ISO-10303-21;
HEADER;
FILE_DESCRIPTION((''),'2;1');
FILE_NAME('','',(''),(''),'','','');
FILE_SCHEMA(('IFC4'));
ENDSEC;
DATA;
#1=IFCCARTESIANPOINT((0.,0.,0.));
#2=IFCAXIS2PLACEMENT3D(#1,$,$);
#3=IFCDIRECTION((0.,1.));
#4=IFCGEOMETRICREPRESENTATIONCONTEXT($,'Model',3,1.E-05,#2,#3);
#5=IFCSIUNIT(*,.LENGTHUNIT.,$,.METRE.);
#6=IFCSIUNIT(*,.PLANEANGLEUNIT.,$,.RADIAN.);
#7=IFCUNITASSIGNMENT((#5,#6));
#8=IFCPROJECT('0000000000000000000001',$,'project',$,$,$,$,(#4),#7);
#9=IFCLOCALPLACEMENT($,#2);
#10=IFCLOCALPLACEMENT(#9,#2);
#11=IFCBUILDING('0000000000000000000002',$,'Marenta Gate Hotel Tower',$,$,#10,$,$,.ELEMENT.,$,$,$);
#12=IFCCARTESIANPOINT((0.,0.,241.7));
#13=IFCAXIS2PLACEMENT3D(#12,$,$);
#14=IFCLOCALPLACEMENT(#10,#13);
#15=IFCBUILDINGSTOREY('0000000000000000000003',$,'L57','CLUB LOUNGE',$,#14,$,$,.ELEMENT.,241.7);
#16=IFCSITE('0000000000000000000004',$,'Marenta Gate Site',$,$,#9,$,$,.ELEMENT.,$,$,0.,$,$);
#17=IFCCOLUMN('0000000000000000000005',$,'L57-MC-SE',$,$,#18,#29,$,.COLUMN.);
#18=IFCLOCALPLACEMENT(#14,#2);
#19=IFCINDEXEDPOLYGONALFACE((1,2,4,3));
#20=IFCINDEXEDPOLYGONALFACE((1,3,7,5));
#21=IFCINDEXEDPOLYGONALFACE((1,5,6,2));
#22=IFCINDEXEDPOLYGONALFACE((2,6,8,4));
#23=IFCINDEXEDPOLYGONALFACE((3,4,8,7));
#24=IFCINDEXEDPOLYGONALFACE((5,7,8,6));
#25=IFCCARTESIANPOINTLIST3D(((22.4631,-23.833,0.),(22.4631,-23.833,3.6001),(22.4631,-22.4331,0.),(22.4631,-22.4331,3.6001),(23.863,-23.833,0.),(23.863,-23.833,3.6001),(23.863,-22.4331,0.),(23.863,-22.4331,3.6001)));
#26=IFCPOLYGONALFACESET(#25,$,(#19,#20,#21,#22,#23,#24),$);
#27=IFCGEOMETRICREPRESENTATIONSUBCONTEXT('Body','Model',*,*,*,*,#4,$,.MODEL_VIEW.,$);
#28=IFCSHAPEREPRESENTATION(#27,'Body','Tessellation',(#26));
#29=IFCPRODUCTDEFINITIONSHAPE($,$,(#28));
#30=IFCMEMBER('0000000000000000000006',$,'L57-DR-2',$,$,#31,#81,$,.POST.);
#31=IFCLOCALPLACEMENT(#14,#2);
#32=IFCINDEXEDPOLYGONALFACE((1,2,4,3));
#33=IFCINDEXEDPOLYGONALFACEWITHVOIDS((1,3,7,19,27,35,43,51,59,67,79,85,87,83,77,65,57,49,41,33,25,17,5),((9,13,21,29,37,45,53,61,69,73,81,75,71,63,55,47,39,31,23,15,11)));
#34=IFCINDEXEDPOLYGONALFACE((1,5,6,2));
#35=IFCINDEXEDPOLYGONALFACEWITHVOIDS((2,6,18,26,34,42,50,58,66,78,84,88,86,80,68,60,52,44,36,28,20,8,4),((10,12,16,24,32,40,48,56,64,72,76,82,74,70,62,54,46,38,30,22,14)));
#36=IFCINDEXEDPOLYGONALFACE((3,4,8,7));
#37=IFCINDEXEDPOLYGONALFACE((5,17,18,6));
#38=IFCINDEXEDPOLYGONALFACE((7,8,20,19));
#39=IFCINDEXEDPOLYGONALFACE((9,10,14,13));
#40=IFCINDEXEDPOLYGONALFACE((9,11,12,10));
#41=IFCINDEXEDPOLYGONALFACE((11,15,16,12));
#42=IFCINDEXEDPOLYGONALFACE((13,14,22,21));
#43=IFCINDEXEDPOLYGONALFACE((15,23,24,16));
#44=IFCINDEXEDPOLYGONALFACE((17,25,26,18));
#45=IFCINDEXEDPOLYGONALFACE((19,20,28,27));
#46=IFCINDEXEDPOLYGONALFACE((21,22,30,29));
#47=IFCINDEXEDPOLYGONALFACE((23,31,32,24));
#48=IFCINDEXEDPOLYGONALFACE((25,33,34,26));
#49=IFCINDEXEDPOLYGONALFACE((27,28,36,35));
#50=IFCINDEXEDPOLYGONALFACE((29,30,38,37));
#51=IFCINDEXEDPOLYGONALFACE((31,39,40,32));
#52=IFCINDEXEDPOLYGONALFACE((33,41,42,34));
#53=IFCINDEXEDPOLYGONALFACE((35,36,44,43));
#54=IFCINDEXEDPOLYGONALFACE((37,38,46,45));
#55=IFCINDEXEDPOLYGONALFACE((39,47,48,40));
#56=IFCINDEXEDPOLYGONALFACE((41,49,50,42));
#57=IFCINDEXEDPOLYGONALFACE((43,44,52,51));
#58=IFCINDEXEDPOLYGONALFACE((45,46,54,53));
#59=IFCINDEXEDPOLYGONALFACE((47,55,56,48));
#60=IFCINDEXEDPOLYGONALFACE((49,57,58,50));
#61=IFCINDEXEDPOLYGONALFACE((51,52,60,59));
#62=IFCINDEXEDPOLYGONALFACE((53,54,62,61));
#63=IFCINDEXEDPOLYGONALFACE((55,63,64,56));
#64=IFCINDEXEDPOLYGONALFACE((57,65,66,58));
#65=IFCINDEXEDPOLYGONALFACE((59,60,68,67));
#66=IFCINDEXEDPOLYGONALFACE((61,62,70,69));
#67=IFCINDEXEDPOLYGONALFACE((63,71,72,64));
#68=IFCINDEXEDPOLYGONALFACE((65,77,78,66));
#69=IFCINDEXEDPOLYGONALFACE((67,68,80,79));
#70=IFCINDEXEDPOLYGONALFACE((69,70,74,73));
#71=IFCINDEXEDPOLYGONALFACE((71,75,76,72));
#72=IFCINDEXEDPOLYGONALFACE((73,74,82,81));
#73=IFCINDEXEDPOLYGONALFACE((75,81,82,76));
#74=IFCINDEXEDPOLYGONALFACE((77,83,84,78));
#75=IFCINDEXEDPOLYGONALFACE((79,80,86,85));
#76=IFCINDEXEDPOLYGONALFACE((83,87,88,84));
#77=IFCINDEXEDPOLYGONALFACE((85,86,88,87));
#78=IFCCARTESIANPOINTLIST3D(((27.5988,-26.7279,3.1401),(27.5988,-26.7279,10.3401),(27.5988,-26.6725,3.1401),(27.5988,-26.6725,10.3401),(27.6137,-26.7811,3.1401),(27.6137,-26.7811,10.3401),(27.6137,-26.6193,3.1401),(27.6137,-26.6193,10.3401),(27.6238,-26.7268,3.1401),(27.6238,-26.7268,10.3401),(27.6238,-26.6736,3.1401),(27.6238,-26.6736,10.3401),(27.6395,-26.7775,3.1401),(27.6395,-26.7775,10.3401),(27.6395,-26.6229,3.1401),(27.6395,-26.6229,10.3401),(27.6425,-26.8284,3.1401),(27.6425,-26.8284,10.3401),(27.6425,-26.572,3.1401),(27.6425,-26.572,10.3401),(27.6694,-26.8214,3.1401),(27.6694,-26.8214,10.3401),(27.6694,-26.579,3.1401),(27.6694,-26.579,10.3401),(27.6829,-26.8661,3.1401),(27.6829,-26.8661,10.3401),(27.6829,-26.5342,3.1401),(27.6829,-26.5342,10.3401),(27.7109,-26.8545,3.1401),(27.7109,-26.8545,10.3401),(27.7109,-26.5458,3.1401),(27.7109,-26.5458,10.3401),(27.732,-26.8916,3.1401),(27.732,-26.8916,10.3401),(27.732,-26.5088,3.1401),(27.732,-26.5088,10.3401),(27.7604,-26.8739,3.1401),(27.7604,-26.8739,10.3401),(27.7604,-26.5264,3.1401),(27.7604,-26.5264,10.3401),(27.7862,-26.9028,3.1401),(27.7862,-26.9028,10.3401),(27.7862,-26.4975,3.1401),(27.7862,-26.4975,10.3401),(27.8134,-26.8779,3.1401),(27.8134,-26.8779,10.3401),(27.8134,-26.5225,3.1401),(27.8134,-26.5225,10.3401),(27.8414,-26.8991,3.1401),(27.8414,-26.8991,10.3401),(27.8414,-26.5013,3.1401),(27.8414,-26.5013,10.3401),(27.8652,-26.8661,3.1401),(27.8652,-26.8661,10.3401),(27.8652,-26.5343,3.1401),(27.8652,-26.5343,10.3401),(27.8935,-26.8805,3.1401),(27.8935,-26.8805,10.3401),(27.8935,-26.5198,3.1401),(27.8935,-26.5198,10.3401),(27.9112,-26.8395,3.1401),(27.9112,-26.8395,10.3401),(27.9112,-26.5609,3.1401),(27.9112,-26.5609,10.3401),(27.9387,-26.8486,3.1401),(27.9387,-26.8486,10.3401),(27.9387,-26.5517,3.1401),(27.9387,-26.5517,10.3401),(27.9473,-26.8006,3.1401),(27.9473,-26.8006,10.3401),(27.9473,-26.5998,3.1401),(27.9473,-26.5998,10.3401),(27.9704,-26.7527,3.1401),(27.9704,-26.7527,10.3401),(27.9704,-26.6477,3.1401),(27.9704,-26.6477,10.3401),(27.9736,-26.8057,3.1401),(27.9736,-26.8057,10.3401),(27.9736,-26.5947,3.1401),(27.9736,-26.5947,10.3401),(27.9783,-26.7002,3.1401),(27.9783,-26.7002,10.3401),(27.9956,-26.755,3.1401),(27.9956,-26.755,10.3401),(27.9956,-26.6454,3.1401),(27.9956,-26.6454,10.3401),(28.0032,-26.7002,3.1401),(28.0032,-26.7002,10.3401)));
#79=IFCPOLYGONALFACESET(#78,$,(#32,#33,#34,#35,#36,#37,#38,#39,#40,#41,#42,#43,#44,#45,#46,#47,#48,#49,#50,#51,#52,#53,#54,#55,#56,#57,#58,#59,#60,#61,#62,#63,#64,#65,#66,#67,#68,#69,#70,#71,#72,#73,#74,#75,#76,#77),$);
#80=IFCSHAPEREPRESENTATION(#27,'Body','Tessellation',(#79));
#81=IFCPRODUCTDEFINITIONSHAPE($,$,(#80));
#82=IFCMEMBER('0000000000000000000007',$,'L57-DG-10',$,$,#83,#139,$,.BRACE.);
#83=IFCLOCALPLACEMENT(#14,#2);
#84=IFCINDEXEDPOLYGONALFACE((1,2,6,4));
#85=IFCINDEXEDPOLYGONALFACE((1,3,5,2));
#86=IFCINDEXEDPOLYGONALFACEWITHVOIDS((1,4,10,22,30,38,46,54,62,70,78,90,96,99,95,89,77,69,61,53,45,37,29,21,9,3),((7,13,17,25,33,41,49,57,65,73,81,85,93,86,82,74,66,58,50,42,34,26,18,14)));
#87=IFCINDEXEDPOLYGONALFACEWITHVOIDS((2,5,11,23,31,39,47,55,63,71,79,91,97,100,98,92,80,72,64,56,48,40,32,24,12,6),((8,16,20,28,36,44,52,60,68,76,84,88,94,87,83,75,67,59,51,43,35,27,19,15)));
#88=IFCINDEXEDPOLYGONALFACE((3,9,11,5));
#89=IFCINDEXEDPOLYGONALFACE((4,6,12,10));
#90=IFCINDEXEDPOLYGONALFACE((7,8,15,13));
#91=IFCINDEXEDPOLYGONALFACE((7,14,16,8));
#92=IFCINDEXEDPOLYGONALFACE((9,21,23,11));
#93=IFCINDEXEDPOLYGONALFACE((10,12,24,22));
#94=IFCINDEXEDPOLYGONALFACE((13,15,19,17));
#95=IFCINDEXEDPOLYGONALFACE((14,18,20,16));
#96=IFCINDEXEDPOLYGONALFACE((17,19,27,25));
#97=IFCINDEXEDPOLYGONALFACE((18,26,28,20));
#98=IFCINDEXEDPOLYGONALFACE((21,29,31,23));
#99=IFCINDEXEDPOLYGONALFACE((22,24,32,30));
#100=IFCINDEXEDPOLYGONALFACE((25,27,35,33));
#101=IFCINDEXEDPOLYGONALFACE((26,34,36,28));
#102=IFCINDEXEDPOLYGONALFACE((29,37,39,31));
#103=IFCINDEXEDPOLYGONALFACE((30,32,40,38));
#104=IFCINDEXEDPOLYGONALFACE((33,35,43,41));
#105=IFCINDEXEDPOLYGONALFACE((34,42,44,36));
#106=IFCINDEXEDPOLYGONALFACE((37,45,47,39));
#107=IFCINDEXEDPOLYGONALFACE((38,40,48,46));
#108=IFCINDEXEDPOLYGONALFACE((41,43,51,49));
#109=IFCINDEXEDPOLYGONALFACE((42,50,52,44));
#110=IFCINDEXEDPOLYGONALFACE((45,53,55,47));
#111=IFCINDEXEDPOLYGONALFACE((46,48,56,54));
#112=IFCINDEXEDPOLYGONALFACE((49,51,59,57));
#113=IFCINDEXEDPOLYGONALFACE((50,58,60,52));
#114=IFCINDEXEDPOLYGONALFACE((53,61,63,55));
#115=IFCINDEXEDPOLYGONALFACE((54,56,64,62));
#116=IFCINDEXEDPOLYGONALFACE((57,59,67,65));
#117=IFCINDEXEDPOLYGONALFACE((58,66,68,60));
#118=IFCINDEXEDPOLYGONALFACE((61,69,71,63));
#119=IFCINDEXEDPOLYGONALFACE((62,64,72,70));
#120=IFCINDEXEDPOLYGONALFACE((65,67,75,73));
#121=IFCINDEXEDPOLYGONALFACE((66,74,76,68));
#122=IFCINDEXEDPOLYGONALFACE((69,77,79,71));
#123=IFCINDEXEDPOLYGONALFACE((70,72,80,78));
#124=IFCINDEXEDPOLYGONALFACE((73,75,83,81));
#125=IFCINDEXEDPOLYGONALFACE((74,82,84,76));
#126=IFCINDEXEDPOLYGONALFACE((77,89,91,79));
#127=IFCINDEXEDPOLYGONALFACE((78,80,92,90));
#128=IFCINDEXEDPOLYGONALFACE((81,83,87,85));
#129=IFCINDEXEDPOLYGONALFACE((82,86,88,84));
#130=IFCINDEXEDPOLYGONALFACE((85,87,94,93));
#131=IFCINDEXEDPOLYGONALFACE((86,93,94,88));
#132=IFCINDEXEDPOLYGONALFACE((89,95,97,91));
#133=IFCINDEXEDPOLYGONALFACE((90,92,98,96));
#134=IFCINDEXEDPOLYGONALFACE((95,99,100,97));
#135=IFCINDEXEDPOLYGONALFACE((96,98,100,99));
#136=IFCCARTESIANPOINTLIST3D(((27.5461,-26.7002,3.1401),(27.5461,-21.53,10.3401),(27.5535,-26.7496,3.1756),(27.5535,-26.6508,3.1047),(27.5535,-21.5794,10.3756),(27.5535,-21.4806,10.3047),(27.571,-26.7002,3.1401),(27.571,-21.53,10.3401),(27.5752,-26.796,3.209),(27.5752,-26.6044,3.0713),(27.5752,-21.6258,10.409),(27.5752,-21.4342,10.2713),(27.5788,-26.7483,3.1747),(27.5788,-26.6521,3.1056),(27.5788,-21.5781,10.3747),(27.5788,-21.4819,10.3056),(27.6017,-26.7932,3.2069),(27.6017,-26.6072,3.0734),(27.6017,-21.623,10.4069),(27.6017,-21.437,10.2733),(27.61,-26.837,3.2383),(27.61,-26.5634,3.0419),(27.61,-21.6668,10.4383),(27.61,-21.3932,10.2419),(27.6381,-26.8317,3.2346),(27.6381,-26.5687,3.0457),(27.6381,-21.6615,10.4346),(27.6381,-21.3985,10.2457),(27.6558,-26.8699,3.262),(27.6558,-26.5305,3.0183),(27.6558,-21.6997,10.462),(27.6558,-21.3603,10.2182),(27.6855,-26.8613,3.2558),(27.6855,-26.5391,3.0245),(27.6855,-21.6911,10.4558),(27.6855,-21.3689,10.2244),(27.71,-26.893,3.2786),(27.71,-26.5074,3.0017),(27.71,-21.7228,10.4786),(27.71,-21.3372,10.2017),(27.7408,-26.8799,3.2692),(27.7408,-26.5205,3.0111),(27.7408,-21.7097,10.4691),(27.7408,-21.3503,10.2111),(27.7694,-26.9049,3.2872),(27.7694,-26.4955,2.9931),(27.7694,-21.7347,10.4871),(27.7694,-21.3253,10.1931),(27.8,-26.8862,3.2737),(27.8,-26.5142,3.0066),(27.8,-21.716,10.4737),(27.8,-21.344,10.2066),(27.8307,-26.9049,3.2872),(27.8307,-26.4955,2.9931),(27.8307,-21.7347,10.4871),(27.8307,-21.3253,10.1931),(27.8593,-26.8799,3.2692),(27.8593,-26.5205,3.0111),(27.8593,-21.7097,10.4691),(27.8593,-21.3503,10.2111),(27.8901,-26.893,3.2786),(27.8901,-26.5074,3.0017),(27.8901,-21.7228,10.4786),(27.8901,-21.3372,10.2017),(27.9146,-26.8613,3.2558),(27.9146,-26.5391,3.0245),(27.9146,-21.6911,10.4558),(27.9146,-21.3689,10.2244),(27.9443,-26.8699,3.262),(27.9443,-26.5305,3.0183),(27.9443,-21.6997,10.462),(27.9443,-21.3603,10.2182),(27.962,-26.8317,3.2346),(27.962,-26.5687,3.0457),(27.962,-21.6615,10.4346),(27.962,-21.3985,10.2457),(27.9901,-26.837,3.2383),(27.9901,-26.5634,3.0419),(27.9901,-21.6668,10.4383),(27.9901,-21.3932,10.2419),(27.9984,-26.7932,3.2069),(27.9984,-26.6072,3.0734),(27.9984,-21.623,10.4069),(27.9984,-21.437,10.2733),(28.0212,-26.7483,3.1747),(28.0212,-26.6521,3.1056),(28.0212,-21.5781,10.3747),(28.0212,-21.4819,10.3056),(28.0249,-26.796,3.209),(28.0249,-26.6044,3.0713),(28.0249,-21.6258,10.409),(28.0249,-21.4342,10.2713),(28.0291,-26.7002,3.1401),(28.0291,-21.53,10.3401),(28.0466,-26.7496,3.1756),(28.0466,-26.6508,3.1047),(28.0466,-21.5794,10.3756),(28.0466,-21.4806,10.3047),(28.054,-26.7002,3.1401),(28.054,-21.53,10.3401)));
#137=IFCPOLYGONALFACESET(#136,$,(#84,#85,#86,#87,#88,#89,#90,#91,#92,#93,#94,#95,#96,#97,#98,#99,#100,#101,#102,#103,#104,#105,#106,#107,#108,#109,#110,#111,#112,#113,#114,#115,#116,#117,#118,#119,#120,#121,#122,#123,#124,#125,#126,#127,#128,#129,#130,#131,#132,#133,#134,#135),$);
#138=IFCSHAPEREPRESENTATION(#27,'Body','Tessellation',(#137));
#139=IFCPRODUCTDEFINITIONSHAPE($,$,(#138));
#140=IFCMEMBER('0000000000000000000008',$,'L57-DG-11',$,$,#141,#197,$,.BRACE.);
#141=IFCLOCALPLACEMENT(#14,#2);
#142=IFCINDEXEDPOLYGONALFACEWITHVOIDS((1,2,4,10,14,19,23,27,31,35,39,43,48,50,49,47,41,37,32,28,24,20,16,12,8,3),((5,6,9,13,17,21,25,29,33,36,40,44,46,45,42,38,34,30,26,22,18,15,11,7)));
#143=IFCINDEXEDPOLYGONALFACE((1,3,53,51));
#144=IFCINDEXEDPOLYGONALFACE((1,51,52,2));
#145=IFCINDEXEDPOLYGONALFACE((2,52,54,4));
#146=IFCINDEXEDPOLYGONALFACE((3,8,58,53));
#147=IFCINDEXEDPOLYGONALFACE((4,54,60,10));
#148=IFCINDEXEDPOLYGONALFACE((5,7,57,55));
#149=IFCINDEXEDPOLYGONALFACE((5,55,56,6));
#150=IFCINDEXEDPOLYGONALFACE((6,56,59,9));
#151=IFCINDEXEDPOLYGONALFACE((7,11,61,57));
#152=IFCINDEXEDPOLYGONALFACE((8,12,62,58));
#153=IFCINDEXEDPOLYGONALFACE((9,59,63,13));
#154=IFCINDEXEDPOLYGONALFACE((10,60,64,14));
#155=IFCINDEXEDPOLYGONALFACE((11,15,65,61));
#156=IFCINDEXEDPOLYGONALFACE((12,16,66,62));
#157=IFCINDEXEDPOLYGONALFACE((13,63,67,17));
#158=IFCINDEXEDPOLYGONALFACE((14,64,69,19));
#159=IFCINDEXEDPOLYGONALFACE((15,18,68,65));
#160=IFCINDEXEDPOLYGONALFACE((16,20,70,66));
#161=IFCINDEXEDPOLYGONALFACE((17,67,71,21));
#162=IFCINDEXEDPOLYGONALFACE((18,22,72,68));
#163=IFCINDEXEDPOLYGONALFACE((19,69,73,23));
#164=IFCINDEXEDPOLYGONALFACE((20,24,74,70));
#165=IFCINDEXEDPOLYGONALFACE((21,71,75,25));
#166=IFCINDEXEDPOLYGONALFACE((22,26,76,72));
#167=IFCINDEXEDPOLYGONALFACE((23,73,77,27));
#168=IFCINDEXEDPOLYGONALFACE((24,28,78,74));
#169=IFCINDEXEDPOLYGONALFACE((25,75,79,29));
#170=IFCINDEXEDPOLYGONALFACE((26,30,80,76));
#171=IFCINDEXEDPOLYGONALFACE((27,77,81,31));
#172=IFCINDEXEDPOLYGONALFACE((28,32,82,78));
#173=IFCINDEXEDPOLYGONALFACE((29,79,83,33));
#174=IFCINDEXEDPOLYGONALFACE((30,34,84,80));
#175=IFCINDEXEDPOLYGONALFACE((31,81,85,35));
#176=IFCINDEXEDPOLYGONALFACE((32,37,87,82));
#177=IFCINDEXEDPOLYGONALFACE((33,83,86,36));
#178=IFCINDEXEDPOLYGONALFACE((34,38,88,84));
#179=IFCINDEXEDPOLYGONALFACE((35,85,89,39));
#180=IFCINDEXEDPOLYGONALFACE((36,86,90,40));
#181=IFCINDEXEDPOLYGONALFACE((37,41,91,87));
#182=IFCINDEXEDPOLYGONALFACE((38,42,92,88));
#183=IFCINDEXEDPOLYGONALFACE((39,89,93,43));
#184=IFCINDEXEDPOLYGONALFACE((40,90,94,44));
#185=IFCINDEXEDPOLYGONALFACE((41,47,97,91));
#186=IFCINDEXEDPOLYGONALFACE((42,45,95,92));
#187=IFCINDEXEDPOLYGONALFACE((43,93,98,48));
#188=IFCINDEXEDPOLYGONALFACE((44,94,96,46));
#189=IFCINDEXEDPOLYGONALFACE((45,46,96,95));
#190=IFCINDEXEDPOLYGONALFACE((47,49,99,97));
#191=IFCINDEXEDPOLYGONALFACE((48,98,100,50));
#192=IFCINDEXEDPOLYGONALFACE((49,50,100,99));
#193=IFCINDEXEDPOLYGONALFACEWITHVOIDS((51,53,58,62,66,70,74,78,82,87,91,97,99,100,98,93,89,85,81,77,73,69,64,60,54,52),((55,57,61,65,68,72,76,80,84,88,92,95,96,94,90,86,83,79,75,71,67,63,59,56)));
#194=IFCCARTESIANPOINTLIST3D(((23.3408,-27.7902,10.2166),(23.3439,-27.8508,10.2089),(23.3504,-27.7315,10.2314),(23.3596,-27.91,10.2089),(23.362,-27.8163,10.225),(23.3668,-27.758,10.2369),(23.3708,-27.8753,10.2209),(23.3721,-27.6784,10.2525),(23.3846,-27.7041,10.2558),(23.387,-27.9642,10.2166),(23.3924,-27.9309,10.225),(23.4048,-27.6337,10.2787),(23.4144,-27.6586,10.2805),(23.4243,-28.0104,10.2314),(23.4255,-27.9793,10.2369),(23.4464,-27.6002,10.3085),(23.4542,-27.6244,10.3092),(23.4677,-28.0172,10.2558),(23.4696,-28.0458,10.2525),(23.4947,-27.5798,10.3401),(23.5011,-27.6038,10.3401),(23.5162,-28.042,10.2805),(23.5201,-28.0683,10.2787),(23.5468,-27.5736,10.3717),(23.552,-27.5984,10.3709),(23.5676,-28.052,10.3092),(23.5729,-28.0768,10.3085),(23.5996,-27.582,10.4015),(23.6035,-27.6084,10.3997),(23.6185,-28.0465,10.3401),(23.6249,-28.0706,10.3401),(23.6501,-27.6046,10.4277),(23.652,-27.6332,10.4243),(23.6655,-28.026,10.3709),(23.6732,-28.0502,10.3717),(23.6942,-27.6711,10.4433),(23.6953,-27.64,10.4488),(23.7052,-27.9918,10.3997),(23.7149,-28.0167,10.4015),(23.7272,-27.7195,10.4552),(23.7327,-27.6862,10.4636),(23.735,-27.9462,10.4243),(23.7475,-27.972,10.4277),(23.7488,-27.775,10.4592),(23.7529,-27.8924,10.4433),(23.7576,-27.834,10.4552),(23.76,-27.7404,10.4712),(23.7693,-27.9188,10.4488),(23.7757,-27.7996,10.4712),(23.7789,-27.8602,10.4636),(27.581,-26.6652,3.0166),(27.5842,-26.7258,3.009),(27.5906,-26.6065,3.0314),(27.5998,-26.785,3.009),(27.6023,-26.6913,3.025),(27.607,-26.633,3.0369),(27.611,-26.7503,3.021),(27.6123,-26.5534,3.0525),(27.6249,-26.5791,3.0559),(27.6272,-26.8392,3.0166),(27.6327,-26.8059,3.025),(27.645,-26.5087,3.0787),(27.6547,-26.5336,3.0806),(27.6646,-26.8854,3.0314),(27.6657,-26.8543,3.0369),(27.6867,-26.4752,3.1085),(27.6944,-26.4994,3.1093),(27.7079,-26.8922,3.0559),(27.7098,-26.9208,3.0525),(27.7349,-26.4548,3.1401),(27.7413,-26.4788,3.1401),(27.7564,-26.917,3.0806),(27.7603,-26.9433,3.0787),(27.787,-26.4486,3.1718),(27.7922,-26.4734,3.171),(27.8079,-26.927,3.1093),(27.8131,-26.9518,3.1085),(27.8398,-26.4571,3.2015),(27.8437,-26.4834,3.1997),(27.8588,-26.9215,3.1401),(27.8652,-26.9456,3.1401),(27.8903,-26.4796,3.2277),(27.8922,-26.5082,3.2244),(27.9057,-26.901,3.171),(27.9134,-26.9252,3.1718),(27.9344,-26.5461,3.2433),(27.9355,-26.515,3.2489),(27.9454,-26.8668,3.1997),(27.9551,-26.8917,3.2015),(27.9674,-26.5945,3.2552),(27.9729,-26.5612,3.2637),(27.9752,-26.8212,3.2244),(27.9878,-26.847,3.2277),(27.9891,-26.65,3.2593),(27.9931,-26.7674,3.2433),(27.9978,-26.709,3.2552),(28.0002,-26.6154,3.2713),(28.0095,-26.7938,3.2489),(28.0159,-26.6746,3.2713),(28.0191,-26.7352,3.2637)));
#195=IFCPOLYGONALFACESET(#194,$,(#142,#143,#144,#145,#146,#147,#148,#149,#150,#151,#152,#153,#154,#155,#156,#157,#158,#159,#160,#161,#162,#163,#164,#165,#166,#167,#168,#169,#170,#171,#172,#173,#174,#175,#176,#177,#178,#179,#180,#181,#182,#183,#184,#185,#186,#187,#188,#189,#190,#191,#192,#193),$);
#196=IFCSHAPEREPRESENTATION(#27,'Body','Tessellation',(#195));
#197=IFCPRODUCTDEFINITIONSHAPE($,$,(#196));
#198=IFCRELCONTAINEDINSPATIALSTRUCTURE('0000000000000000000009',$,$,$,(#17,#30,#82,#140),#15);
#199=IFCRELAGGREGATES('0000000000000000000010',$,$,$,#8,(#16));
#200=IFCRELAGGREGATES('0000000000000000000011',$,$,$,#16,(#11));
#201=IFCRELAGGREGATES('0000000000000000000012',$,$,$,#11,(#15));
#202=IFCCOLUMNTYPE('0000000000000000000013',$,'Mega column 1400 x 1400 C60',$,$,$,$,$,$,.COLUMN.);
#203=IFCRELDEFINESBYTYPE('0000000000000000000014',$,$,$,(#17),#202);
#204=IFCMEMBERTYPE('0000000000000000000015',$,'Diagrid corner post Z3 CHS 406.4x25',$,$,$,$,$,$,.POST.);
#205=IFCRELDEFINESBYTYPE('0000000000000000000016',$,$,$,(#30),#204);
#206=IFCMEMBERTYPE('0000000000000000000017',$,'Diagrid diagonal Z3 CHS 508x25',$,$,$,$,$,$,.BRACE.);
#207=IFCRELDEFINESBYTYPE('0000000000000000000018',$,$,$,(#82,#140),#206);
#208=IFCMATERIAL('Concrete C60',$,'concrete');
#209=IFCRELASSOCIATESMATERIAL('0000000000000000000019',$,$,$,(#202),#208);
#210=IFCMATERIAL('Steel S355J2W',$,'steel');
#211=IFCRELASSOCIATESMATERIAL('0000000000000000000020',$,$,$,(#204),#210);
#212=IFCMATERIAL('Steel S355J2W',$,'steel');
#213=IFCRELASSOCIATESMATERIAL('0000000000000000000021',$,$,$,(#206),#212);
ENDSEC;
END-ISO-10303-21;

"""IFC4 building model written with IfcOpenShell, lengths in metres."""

from ifc_helpers import new_model, si_unit, direction, frame, origin, origin_2d, place, context, subcontext, project, spatial, rectangle, hollow_circle, extrude, material, material_profile, profile_set, type_object, element, save


model = new_model("IFC4")

# Units and contexts
model_context = context("Model", 3, precision=1e-05, world=origin(), true_north=direction((0.0, 1.0)))
body_context = subcontext(model_context, "Body", "Model", "MODEL_VIEW")
ifc_project = project(units=[si_unit("LENGTHUNIT", "METRE"), si_unit("PLANEANGLEUNIT", "RADIAN")], contexts=[model_context])

# Site, building, storey
site_placement = place(None, origin())
site = spatial("IfcSite", under=ifc_project, at=site_placement, Name="Marenta Gate Site", CompositionType="ELEMENT", RefElevation=0.0)
building_placement = place(site_placement, origin())
building = spatial("IfcBuilding", under=site, at=building_placement, Name="Marenta Gate Hotel Tower", CompositionType="ELEMENT")
storey_placement = place(building_placement, frame((0.0, 0.0, 241.7)))
storey = spatial("IfcBuildingStorey", under=building, at=storey_placement, Name="L57", Description="CLUB LOUNGE", CompositionType="ELEMENT", Elevation=241.7)

# Column
ifc_material_1 = material(Name="Concrete C60", Category="concrete")
ifc_material_profile_1 = material_profile(ifc_material_1, rectangle(XDim=1.3999, YDim=1.3999, at=origin_2d()), Name="1400 x 1400")
ifc_profile_set_1 = profile_set([ifc_material_profile_1], Name="Concrete C60")
column_type = type_object("IfcColumnType", Name="Mega column 1400 x 1400 C60", PredefinedType="COLUMN", material=ifc_profile_set_1)
column_placement = place(storey_placement, frame((23.1631, -23.1331, 0.0), z_axis=(0.0, 0.0, 1.0), x_axis=(1.0, 0.0, 0.0)))
element("IfcColumn", 1, at=column_placement, inside=storey, type_object=column_type, Name="L57-MC-SE", PredefinedType="COLUMN", context=body_context, shape_type="SweptSolid", body=[
    extrude(rectangle(XDim=1.3999, YDim=1.3999, at=origin_2d()), origin(), (0.0, 0.0, 1.0), 3.6001),
])

# Members
ifc_material_2 = material(Name="Steel S355J2W", Category="steel")
ifc_material_profile_2 = material_profile(ifc_material_2, hollow_circle(Radius=0.2031, WallThickness=0.0249, at=origin_2d()), Name="CHS 406.4x25")
ifc_profile_set_2 = profile_set([ifc_material_profile_2], Name="Steel S355J2W")
member_type_1 = type_object("IfcMemberType", Name="Diagrid corner post Z3 CHS 406.4x25", PredefinedType="POST", material=ifc_profile_set_2)
member_1_placement = place(storey_placement, frame((27.8, -26.7002, 3.1401), z_axis=(0.0, 0.0, 1.0), x_axis=(1.0, 0.0, 0.0)))
element("IfcMember", 2, at=member_1_placement, inside=storey, type_object=member_type_1, Name="L57-DR-2", PredefinedType="POST", context=body_context, shape_type="SweptSolid", body=[
    extrude(hollow_circle(Radius=0.2031, WallThickness=0.0249, at=origin_2d()), origin(), (0.0, 0.0, 1.0), 7.2),
])
ifc_material_3 = material(Name="Steel S355J2W", Category="steel")
ifc_material_profile_3 = material_profile(ifc_material_3, hollow_circle(Radius=0.2539, WallThickness=0.0249, at=origin_2d()), Name="CHS 508x25")
ifc_profile_set_3 = profile_set([ifc_material_profile_3], Name="Steel S355J2W")
member_type_2 = type_object("IfcMemberType", Name="Diagrid diagonal Z3 CHS 508x25", PredefinedType="BRACE", material=ifc_profile_set_3)
member_2_placement = place(storey_placement, frame((27.8, -26.7002, 3.1401), z_axis=(0.0, 0.583279, 0.812272), x_axis=(-1.0, 0.0, 0.0)))
element("IfcMember", 3, at=member_2_placement, inside=storey, type_object=member_type_2, Name="L57-DG-10", PredefinedType="BRACE", context=body_context, shape_type="SweptSolid", body=[
    extrude(hollow_circle(Radius=0.2539, WallThickness=0.0249, at=origin_2d()), origin(), (0.0, 0.0, 1.0), 8.864),
])
member_3_placement = place(storey_placement, frame((27.8, -26.7002, 3.1401), z_axis=(-0.502924, -0.133434, 0.853969), x_axis=(0.256443, -0.966559, 0.0)))
element("IfcMember", 4, at=member_3_placement, inside=storey, type_object=member_type_2, Name="L57-DG-11", PredefinedType="BRACE", context=body_context, shape_type="SweptSolid", body=[
    extrude(hollow_circle(Radius=0.2539, WallThickness=0.0249, at=origin_2d()), origin(), (0.0, 0.0, 1.0), 8.4312),
])

save(model, "model.ifc")
